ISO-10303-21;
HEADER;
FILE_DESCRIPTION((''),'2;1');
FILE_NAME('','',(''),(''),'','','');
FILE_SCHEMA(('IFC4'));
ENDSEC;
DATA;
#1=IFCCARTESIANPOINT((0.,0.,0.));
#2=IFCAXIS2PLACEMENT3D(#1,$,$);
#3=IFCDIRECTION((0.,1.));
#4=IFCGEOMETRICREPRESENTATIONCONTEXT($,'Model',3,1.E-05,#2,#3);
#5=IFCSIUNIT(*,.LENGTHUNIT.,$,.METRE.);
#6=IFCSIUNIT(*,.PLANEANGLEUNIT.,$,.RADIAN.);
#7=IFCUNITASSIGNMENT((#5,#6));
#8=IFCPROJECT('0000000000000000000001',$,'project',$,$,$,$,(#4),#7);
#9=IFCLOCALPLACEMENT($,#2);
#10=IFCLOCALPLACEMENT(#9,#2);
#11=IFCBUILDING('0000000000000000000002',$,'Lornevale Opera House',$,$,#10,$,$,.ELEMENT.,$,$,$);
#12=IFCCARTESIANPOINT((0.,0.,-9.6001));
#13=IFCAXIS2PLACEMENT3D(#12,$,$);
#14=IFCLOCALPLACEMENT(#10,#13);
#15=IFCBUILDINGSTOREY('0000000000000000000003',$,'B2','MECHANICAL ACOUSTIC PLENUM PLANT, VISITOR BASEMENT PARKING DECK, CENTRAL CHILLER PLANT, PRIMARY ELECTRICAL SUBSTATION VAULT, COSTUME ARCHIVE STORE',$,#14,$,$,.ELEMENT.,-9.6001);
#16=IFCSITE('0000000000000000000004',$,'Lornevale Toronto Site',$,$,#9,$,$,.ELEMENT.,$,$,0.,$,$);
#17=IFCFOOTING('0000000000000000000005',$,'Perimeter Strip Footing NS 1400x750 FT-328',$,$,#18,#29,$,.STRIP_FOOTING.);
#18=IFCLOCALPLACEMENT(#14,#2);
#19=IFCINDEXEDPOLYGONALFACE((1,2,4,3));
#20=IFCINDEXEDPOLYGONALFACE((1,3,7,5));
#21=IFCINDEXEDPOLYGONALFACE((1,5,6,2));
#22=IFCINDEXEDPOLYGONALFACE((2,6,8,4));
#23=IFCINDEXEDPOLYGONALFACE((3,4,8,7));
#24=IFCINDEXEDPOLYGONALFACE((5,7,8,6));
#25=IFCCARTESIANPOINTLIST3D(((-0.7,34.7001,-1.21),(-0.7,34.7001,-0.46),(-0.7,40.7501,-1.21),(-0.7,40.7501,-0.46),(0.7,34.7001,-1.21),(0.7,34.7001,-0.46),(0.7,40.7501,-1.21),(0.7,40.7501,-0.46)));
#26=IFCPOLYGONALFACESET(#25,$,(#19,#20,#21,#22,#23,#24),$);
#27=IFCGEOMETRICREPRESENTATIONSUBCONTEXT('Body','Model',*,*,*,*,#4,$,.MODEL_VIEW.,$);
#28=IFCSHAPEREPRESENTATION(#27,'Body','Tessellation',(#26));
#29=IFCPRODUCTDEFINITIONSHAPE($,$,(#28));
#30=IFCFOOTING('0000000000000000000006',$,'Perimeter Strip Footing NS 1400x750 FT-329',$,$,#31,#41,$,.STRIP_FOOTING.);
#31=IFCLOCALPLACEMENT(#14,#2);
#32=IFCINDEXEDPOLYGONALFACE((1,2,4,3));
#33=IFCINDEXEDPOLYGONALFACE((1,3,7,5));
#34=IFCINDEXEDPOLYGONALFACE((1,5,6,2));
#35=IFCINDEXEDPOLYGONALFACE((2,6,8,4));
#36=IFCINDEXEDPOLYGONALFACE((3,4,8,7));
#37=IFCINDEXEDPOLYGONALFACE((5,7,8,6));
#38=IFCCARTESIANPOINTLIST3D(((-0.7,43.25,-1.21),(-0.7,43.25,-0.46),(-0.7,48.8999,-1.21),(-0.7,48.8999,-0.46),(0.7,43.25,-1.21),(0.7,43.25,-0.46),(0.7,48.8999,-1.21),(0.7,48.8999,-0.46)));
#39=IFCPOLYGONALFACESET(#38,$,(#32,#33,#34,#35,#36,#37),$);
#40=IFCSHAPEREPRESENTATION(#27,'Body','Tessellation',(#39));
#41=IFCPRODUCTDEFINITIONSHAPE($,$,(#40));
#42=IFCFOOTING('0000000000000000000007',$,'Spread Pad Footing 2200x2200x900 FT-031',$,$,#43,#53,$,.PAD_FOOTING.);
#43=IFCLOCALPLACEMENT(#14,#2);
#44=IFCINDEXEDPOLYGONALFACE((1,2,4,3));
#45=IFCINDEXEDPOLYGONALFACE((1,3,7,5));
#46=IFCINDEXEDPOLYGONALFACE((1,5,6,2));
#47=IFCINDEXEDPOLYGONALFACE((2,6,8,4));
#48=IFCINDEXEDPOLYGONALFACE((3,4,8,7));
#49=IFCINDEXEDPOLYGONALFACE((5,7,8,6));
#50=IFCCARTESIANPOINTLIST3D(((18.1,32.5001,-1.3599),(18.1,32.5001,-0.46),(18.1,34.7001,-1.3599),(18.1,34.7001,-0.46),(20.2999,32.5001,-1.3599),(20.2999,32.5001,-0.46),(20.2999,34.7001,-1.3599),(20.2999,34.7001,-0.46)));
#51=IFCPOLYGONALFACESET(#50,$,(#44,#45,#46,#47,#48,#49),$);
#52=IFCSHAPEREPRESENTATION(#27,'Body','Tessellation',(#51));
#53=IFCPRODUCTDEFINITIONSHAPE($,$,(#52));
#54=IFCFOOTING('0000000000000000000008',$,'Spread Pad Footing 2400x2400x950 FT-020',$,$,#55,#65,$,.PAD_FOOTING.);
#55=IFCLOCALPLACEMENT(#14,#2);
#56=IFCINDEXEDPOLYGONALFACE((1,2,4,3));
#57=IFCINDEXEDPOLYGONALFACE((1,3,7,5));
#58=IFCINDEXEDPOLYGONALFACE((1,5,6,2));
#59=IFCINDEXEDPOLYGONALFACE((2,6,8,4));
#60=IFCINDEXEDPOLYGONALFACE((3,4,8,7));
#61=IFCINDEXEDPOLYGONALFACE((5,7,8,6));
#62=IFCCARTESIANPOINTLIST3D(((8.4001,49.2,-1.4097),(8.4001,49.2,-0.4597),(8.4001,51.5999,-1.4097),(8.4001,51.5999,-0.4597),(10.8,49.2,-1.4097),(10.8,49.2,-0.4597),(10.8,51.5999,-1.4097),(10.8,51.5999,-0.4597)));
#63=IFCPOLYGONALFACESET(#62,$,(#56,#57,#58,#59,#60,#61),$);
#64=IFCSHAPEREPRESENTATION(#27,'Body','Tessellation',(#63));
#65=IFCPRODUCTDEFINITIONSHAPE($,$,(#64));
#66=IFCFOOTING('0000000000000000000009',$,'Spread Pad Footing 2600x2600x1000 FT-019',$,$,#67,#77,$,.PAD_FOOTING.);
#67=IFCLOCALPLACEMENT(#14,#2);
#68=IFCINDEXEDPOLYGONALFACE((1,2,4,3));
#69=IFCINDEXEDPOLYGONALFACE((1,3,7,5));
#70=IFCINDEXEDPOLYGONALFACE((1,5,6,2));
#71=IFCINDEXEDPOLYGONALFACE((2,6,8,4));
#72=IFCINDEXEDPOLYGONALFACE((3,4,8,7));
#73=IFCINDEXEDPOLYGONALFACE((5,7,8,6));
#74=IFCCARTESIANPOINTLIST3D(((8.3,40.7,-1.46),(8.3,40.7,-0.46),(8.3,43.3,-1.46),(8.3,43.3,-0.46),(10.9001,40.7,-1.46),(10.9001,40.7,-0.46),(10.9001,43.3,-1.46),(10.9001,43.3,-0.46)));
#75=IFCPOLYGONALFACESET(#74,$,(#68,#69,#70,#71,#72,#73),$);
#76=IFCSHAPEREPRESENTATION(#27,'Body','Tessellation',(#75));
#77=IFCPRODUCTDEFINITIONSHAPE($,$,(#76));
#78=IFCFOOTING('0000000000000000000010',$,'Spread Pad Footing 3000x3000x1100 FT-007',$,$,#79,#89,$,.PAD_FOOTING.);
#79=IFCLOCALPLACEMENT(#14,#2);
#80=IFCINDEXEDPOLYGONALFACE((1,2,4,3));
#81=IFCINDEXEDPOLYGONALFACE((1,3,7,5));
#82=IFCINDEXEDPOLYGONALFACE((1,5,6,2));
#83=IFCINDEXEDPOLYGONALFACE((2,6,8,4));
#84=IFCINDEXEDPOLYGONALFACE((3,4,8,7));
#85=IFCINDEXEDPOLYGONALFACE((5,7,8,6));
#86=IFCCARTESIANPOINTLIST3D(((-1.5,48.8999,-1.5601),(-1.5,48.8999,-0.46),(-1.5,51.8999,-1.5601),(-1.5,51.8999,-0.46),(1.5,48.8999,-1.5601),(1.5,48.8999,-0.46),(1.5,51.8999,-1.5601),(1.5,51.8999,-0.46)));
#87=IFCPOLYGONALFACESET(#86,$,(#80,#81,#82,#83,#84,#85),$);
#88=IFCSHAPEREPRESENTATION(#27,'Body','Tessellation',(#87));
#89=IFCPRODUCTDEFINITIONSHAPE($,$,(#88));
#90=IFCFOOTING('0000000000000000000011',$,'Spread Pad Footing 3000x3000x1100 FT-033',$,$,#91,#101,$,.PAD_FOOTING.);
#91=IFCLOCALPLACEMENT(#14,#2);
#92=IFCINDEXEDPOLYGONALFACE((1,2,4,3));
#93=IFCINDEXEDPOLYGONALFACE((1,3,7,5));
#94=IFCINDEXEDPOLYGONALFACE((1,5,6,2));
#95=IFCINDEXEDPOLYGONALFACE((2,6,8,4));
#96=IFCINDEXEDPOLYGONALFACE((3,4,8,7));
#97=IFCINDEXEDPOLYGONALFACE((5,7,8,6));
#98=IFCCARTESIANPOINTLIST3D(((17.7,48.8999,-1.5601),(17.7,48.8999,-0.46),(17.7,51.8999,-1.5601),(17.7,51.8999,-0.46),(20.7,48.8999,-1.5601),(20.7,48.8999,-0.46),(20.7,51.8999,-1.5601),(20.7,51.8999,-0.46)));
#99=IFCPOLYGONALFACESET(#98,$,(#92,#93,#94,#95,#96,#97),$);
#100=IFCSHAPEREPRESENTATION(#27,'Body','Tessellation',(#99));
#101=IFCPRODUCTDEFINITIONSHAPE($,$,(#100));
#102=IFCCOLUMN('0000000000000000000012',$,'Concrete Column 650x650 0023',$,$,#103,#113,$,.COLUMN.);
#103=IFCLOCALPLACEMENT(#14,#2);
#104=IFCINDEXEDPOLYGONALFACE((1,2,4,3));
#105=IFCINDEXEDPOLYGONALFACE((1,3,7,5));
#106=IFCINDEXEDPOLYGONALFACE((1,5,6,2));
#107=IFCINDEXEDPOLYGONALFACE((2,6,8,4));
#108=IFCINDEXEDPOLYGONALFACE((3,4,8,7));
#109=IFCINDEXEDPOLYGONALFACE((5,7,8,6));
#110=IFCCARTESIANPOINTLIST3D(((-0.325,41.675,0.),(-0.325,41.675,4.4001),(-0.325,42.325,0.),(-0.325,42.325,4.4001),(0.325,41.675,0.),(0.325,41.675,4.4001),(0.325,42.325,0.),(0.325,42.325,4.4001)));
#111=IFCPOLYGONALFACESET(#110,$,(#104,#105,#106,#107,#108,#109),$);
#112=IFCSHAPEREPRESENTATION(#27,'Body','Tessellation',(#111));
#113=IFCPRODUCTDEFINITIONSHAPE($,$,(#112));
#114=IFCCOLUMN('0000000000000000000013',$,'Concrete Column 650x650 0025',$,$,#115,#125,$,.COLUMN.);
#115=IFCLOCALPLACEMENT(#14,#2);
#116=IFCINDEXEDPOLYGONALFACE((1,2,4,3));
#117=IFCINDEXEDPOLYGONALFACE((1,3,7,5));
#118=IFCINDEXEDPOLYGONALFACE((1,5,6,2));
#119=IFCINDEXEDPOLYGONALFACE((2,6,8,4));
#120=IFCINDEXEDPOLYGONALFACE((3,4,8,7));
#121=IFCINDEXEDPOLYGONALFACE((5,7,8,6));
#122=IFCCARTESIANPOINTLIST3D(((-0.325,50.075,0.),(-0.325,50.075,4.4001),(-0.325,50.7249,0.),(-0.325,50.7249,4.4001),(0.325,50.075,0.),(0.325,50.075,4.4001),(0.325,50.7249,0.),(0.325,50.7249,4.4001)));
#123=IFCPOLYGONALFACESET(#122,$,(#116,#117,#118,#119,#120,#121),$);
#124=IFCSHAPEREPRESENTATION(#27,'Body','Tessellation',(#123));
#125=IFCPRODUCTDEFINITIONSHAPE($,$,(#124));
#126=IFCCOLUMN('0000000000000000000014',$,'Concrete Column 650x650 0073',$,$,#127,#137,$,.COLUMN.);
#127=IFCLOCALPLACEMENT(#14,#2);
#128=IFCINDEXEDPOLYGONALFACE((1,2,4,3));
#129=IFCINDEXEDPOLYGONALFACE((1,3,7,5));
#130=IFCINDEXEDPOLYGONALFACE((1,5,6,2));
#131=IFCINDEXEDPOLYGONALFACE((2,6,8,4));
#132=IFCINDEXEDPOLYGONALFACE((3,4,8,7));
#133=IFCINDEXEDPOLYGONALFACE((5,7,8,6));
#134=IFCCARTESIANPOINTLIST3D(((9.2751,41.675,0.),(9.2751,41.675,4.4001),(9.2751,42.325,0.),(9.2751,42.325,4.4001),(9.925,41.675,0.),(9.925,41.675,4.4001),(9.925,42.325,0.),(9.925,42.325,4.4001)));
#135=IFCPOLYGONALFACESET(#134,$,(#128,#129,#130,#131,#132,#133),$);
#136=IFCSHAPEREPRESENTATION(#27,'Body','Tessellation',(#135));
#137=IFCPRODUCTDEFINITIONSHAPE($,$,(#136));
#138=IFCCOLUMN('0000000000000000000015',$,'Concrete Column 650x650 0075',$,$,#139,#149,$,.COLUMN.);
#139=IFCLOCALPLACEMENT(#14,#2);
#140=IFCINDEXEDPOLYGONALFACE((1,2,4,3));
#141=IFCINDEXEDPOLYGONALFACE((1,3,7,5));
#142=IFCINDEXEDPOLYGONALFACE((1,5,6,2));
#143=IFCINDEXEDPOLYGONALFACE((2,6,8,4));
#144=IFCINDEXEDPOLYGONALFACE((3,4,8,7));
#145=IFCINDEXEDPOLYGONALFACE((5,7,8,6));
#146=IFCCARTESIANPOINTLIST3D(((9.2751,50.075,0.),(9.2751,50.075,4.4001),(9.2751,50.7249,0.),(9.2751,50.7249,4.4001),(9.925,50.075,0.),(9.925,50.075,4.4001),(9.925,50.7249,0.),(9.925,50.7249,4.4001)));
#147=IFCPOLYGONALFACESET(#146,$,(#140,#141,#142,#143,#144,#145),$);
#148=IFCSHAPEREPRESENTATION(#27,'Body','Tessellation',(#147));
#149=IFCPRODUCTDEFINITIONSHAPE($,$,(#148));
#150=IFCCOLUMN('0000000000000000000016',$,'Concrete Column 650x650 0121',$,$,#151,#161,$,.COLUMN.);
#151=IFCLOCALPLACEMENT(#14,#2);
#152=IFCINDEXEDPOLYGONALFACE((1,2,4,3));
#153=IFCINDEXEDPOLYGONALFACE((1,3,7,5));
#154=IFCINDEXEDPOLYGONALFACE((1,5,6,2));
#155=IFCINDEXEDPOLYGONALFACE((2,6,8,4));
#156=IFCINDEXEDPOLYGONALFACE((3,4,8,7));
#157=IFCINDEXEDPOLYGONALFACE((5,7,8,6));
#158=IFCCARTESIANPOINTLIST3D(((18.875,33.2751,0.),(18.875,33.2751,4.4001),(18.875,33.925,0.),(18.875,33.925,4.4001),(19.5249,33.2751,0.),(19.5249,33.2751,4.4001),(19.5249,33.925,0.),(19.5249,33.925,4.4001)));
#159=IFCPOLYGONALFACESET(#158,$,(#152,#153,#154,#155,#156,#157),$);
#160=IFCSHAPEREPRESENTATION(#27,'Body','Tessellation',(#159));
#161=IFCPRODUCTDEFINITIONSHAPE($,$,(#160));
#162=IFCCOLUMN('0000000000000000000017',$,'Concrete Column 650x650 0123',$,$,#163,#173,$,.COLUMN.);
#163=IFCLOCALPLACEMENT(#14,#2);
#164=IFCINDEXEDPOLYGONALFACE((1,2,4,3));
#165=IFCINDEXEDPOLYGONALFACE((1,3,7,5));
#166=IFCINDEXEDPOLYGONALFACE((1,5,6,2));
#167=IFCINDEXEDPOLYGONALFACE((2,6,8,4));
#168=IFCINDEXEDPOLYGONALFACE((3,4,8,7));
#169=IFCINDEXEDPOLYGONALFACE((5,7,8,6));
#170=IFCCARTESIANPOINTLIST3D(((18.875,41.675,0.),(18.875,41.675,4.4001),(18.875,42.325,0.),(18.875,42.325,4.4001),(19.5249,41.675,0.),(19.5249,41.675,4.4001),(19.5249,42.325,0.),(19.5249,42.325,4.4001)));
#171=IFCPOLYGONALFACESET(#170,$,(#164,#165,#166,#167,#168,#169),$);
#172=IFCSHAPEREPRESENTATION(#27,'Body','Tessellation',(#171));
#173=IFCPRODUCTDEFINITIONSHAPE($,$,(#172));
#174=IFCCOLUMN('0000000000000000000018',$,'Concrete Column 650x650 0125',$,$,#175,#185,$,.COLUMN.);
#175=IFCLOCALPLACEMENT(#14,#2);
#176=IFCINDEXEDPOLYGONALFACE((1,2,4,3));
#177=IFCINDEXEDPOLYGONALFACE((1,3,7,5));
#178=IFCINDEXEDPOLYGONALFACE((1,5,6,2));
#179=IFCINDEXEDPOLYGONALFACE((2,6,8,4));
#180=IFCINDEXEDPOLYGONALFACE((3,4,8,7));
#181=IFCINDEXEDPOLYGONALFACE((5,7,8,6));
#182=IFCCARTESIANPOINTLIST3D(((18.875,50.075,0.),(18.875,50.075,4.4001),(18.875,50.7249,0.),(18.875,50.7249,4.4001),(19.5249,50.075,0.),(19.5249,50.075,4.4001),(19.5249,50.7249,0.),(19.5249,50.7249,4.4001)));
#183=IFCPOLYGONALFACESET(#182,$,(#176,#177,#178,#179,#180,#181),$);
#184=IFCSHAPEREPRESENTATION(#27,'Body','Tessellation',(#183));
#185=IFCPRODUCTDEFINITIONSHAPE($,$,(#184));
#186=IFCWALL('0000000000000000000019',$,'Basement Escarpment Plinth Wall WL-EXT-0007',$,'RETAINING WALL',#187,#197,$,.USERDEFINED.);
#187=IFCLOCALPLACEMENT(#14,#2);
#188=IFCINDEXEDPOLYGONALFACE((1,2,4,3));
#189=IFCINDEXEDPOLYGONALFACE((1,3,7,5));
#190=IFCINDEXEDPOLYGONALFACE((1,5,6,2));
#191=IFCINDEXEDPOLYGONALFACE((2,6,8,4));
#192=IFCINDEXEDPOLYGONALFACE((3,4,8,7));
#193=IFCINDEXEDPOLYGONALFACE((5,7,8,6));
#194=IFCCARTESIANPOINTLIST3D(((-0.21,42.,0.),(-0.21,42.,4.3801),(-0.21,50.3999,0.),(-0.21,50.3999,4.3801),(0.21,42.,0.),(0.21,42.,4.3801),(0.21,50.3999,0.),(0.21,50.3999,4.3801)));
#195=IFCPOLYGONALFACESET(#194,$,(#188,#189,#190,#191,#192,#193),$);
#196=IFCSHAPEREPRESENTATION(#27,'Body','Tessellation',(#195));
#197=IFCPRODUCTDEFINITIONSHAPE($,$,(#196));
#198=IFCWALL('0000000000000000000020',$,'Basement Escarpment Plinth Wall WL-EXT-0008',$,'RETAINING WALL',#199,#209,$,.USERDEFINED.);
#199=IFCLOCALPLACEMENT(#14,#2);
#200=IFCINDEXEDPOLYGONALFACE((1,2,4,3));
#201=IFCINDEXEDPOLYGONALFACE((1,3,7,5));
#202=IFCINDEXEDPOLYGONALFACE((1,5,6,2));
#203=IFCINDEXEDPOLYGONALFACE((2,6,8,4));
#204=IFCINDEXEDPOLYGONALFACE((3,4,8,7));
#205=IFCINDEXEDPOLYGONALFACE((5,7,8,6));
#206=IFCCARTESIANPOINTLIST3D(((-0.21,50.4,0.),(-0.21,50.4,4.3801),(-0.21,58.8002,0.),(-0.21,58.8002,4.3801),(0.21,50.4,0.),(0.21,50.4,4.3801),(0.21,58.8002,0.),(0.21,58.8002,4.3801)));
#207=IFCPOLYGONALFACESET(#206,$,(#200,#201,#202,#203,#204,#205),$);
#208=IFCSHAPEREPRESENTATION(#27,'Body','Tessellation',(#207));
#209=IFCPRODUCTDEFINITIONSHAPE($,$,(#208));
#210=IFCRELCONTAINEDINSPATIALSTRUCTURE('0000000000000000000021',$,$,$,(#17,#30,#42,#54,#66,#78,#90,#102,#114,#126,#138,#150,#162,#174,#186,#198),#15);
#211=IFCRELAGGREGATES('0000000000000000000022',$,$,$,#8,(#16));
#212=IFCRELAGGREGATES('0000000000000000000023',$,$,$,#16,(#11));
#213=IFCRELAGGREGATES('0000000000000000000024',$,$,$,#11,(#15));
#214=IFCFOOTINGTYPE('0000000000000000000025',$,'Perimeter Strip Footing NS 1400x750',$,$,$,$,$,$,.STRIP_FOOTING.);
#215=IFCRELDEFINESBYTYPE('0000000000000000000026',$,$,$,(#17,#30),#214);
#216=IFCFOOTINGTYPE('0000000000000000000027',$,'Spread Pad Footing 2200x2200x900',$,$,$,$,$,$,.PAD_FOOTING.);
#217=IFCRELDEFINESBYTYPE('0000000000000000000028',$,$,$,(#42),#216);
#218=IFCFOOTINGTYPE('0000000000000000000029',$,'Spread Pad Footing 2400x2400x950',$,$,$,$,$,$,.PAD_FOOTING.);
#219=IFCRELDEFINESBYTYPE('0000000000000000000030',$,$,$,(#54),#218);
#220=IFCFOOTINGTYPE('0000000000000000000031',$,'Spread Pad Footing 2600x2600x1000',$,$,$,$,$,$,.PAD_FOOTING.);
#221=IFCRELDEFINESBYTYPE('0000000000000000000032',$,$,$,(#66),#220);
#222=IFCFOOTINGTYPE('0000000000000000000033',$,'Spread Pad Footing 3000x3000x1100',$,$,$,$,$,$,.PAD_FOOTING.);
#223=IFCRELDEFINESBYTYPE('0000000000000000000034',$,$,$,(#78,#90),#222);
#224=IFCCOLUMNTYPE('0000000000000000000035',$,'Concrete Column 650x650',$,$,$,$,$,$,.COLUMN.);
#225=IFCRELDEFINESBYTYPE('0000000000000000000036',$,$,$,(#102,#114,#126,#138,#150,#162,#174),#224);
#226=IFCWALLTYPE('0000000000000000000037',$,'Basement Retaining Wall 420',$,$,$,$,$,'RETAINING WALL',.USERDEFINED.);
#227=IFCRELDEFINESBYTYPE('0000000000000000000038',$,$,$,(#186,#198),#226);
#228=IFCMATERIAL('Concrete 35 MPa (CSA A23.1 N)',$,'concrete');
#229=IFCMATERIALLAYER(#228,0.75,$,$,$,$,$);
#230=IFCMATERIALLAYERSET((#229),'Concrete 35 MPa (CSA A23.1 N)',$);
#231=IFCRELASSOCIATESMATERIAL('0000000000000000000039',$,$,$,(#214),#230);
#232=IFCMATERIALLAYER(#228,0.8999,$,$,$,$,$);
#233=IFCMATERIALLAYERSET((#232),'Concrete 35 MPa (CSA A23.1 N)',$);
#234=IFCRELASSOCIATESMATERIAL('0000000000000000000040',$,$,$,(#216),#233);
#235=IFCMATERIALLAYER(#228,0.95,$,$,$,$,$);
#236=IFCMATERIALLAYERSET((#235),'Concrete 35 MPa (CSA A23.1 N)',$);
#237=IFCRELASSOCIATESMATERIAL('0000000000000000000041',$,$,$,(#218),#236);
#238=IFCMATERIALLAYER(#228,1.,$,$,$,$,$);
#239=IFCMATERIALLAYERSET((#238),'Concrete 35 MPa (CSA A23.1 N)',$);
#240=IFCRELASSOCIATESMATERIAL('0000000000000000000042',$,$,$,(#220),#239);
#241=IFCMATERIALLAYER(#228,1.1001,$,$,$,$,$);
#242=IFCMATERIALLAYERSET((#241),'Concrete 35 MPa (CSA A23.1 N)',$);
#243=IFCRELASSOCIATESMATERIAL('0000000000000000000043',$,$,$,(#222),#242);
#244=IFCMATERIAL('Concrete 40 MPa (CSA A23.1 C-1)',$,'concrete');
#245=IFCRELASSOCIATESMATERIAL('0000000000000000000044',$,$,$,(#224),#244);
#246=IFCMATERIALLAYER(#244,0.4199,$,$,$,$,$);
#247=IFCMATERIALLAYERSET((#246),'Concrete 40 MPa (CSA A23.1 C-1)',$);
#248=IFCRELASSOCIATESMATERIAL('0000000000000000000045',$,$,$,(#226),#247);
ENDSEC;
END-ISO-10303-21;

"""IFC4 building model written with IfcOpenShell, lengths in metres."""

from ifc_helpers import new_model, si_unit, direction, frame, frame_2d, origin, origin_2d, place, context, subcontext, project, spatial, rectangle, extrude, material, layer, layer_set, material_profile, profile_set, type_object, element, save


model = new_model("IFC4")

# Units and contexts
model_context = context("Model", 3, precision=1e-05, world=origin(), true_north=direction((0.0, 1.0)))
body_context = subcontext(model_context, "Body", "Model", "MODEL_VIEW")
ifc_project = project(units=[si_unit("LENGTHUNIT", "METRE"), si_unit("PLANEANGLEUNIT", "RADIAN")], contexts=[model_context])

# Site, building, storey
site_placement = place(None, origin())
site = spatial("IfcSite", under=ifc_project, at=site_placement, Name="Lornevale Toronto Site", CompositionType="ELEMENT", RefElevation=0.0)
building_placement = place(site_placement, origin())
building = spatial("IfcBuilding", under=site, at=building_placement, Name="Lornevale Opera House", CompositionType="ELEMENT")
storey_placement = place(building_placement, frame((0.0, 0.0, -9.6001)))
storey = spatial("IfcBuildingStorey", under=building, at=storey_placement, Name="B2", Description="MECHANICAL ACOUSTIC PLENUM PLANT, VISITOR BASEMENT PARKING DECK, CENTRAL CHILLER PLANT, PRIMARY ELECTRICAL SUBSTATION VAULT, COSTUME ARCHIVE STORE", CompositionType="ELEMENT", Elevation=-9.6001)

# Shared definitions
ifc_material_1 = material(Name="Concrete 35 MPa (CSA A23.1 N)", Category="concrete")

# Shared definitions
ifc_material_2 = material(Name="Concrete 40 MPa (CSA A23.1 C-1)", Category="concrete")

# Footings
ifc_layer_1 = layer(ifc_material_1, 0.75)
ifc_layer_set_1 = layer_set([ifc_layer_1], Name="Concrete 35 MPa (CSA A23.1 N)")
footing_type_1 = type_object("IfcFootingType", Name="Perimeter Strip Footing NS 1400x750", PredefinedType="STRIP_FOOTING", material=ifc_layer_set_1)
footing_1_placement = place(storey_placement, frame((0.0, 37.7251, -1.21), z_axis=(0.0, 0.0, 1.0), x_axis=(1.0, 0.0, 0.0)))
element("IfcFooting", 1, at=footing_1_placement, inside=storey, type_object=footing_type_1, Name="Perimeter Strip Footing NS 1400x750 FT-328", PredefinedType="STRIP_FOOTING", context=body_context, shape_type="SweptSolid", body=[
    extrude(rectangle(XDim=1.3999, YDim=6.05, at=origin_2d()), origin(), (0.0, 0.0, 1.0), 0.75),
])
footing_2_placement = place(storey_placement, frame((0.0, 46.075, -1.21), z_axis=(0.0, 0.0, 1.0), x_axis=(1.0, 0.0, 0.0)))
element("IfcFooting", 2, at=footing_2_placement, inside=storey, type_object=footing_type_1, Name="Perimeter Strip Footing NS 1400x750 FT-329", PredefinedType="STRIP_FOOTING", context=body_context, shape_type="SweptSolid", body=[
    extrude(rectangle(XDim=1.3999, YDim=5.6499, at=origin_2d()), origin(), (0.0, 0.0, 1.0), 0.75),
])
ifc_layer_2 = layer(ifc_material_1, 0.8999)
ifc_layer_set_2 = layer_set([ifc_layer_2], Name="Concrete 35 MPa (CSA A23.1 N)")
footing_type_2 = type_object("IfcFootingType", Name="Spread Pad Footing 2200x2200x900", PredefinedType="PAD_FOOTING", material=ifc_layer_set_2)
footing_3_placement = place(storey_placement, frame((19.2, 33.6001, -1.3599), z_axis=(0.0, 0.0, 1.0), x_axis=(1.0, 0.0, 0.0)))
element("IfcFooting", 3, at=footing_3_placement, inside=storey, type_object=footing_type_2, Name="Spread Pad Footing 2200x2200x900 FT-031", PredefinedType="PAD_FOOTING", context=body_context, shape_type="SweptSolid", body=[
    extrude(rectangle(XDim=2.2, YDim=2.2, at=origin_2d()), origin(), (0.0, 0.0, 1.0), 0.8999),
])
ifc_layer_3 = layer(ifc_material_1, 0.95)
ifc_layer_set_3 = layer_set([ifc_layer_3], Name="Concrete 35 MPa (CSA A23.1 N)")
footing_type_3 = type_object("IfcFootingType", Name="Spread Pad Footing 2400x2400x950", PredefinedType="PAD_FOOTING", material=ifc_layer_set_3)
footing_4_placement = place(storey_placement, frame((9.6001, 50.3999, -1.4097), z_axis=(0.0, 0.0, 1.0), x_axis=(1.0, 0.0, 0.0)))
element("IfcFooting", 4, at=footing_4_placement, inside=storey, type_object=footing_type_3, Name="Spread Pad Footing 2400x2400x950 FT-020", PredefinedType="PAD_FOOTING", context=body_context, shape_type="SweptSolid", body=[
    extrude(rectangle(XDim=2.3999, YDim=2.3999, at=origin_2d()), origin(), (0.0, 0.0, 1.0), 0.95),
])
ifc_layer_4 = layer(ifc_material_1, 1.0)
ifc_layer_set_4 = layer_set([ifc_layer_4], Name="Concrete 35 MPa (CSA A23.1 N)")
footing_type_4 = type_object("IfcFootingType", Name="Spread Pad Footing 2600x2600x1000", PredefinedType="PAD_FOOTING", material=ifc_layer_set_4)
footing_5_placement = place(storey_placement, frame((9.6001, 42.0, -1.46), z_axis=(0.0, 0.0, 1.0), x_axis=(1.0, 0.0, 0.0)))
element("IfcFooting", 5, at=footing_5_placement, inside=storey, type_object=footing_type_4, Name="Spread Pad Footing 2600x2600x1000 FT-019", PredefinedType="PAD_FOOTING", context=body_context, shape_type="SweptSolid", body=[
    extrude(rectangle(XDim=2.6001, YDim=2.6001, at=origin_2d()), origin(), (0.0, 0.0, 1.0), 1.0),
])
ifc_layer_5 = layer(ifc_material_1, 1.1001)
ifc_layer_set_5 = layer_set([ifc_layer_5], Name="Concrete 35 MPa (CSA A23.1 N)")
footing_type_5 = type_object("IfcFootingType", Name="Spread Pad Footing 3000x3000x1100", PredefinedType="PAD_FOOTING", material=ifc_layer_set_5)
for number, where, z_axis, x_axis, name in (
    (6, (0.0, 50.3999, -1.5601), (0.0, 0.0, 1.0), (1.0, 0.0, 0.0), "Spread Pad Footing 3000x3000x1100 FT-007"),
    (7, (19.2, 50.3999, -1.5601), (0.0, 0.0, 1.0), (1.0, 0.0, 0.0), "Spread Pad Footing 3000x3000x1100 FT-033"),
):
    element("IfcFooting", number, at=place(storey_placement, frame(where, z_axis=z_axis, x_axis=x_axis)), inside=storey, type_object=footing_type_5, Name=name, PredefinedType="PAD_FOOTING", context=body_context, shape_type="SweptSolid", body=[
        extrude(rectangle(XDim=3.0, YDim=3.0, at=origin_2d()), origin(), (0.0, 0.0, 1.0), 1.1001),
    ])

# Columns
ifc_material_profile_1 = material_profile(ifc_material_2, rectangle(XDim=0.6499, YDim=0.6499, at=origin_2d()), Name="RC650x650")
ifc_profile_set_1 = profile_set([ifc_material_profile_1], Name="Concrete 40 MPa (CSA A23.1 C-1)")
column_type = type_object("IfcColumnType", Name="Concrete Column 650x650", PredefinedType="COLUMN", material=ifc_profile_set_1)
for number, where, z_axis, x_axis, name in (
    (8, (0.0, 42.0, 0.0), (0.0, 0.0, 1.0), (1.0, 0.0, 0.0), "Concrete Column 650x650 0023"),
    (9, (0.0, 50.3999, 0.0), (0.0, 0.0, 1.0), (1.0, 0.0, 0.0), "Concrete Column 650x650 0025"),
    (10, (9.6001, 42.0, 0.0), (0.0, 0.0, 1.0), (1.0, 0.0, 0.0), "Concrete Column 650x650 0073"),
    (11, (9.6001, 50.3999, 0.0), (0.0, 0.0, 1.0), (1.0, 0.0, 0.0), "Concrete Column 650x650 0075"),
    (12, (19.2, 33.6001, 0.0), (0.0, 0.0, 1.0), (1.0, 0.0, 0.0), "Concrete Column 650x650 0121"),
    (13, (19.2, 42.0, 0.0), (0.0, 0.0, 1.0), (1.0, 0.0, 0.0), "Concrete Column 650x650 0123"),
    (14, (19.2, 50.3999, 0.0), (0.0, 0.0, 1.0), (1.0, 0.0, 0.0), "Concrete Column 650x650 0125"),
):
    element("IfcColumn", number, at=place(storey_placement, frame(where, z_axis=z_axis, x_axis=x_axis)), inside=storey, type_object=column_type, Name=name, PredefinedType="COLUMN", context=body_context, shape_type="SweptSolid", body=[
        extrude(rectangle(XDim=0.6499, YDim=0.6499, at=origin_2d()), origin(), (0.0, 0.0, 1.0), 4.4001),
    ])

# Walls
ifc_layer_6 = layer(ifc_material_2, 0.4199)
ifc_layer_set_6 = layer_set([ifc_layer_6], Name="Concrete 40 MPa (CSA A23.1 C-1)")
wall_type = type_object("IfcWallType", Name="Basement Retaining Wall 420", ElementType="RETAINING WALL", PredefinedType="USERDEFINED", material=ifc_layer_set_6)
wall_1_placement = place(storey_placement, frame((0.0, 42.0, 0.0), z_axis=(0.0, 0.0, 1.0), x_axis=(0.0, 1.0, 0.0)))
element("IfcWall", 15, at=wall_1_placement, inside=storey, type_object=wall_type, Name="Basement Escarpment Plinth Wall WL-EXT-0007", ObjectType="RETAINING WALL", PredefinedType="USERDEFINED", context=body_context, shape_type="SweptSolid", body=[
    extrude(rectangle(XDim=8.3999, YDim=0.4199, at=frame_2d((4.2, 0.0))), origin(), (0.0, 0.0, 1.0), 4.3801),
])
wall_2_placement = place(storey_placement, frame((0.0, 50.3999, 0.0), z_axis=(0.0, 0.0, 1.0), x_axis=(0.0, 1.0, 0.0)))
element("IfcWall", 16, at=wall_2_placement, inside=storey, type_object=wall_type, Name="Basement Escarpment Plinth Wall WL-EXT-0008", ObjectType="RETAINING WALL", PredefinedType="USERDEFINED", context=body_context, shape_type="SweptSolid", body=[
    extrude(rectangle(XDim=8.4001, YDim=0.4199, at=frame_2d((4.2002, 0.0))), origin(), (0.0, 0.0, 1.0), 4.3801),
])

save(model, "model.ifc")
